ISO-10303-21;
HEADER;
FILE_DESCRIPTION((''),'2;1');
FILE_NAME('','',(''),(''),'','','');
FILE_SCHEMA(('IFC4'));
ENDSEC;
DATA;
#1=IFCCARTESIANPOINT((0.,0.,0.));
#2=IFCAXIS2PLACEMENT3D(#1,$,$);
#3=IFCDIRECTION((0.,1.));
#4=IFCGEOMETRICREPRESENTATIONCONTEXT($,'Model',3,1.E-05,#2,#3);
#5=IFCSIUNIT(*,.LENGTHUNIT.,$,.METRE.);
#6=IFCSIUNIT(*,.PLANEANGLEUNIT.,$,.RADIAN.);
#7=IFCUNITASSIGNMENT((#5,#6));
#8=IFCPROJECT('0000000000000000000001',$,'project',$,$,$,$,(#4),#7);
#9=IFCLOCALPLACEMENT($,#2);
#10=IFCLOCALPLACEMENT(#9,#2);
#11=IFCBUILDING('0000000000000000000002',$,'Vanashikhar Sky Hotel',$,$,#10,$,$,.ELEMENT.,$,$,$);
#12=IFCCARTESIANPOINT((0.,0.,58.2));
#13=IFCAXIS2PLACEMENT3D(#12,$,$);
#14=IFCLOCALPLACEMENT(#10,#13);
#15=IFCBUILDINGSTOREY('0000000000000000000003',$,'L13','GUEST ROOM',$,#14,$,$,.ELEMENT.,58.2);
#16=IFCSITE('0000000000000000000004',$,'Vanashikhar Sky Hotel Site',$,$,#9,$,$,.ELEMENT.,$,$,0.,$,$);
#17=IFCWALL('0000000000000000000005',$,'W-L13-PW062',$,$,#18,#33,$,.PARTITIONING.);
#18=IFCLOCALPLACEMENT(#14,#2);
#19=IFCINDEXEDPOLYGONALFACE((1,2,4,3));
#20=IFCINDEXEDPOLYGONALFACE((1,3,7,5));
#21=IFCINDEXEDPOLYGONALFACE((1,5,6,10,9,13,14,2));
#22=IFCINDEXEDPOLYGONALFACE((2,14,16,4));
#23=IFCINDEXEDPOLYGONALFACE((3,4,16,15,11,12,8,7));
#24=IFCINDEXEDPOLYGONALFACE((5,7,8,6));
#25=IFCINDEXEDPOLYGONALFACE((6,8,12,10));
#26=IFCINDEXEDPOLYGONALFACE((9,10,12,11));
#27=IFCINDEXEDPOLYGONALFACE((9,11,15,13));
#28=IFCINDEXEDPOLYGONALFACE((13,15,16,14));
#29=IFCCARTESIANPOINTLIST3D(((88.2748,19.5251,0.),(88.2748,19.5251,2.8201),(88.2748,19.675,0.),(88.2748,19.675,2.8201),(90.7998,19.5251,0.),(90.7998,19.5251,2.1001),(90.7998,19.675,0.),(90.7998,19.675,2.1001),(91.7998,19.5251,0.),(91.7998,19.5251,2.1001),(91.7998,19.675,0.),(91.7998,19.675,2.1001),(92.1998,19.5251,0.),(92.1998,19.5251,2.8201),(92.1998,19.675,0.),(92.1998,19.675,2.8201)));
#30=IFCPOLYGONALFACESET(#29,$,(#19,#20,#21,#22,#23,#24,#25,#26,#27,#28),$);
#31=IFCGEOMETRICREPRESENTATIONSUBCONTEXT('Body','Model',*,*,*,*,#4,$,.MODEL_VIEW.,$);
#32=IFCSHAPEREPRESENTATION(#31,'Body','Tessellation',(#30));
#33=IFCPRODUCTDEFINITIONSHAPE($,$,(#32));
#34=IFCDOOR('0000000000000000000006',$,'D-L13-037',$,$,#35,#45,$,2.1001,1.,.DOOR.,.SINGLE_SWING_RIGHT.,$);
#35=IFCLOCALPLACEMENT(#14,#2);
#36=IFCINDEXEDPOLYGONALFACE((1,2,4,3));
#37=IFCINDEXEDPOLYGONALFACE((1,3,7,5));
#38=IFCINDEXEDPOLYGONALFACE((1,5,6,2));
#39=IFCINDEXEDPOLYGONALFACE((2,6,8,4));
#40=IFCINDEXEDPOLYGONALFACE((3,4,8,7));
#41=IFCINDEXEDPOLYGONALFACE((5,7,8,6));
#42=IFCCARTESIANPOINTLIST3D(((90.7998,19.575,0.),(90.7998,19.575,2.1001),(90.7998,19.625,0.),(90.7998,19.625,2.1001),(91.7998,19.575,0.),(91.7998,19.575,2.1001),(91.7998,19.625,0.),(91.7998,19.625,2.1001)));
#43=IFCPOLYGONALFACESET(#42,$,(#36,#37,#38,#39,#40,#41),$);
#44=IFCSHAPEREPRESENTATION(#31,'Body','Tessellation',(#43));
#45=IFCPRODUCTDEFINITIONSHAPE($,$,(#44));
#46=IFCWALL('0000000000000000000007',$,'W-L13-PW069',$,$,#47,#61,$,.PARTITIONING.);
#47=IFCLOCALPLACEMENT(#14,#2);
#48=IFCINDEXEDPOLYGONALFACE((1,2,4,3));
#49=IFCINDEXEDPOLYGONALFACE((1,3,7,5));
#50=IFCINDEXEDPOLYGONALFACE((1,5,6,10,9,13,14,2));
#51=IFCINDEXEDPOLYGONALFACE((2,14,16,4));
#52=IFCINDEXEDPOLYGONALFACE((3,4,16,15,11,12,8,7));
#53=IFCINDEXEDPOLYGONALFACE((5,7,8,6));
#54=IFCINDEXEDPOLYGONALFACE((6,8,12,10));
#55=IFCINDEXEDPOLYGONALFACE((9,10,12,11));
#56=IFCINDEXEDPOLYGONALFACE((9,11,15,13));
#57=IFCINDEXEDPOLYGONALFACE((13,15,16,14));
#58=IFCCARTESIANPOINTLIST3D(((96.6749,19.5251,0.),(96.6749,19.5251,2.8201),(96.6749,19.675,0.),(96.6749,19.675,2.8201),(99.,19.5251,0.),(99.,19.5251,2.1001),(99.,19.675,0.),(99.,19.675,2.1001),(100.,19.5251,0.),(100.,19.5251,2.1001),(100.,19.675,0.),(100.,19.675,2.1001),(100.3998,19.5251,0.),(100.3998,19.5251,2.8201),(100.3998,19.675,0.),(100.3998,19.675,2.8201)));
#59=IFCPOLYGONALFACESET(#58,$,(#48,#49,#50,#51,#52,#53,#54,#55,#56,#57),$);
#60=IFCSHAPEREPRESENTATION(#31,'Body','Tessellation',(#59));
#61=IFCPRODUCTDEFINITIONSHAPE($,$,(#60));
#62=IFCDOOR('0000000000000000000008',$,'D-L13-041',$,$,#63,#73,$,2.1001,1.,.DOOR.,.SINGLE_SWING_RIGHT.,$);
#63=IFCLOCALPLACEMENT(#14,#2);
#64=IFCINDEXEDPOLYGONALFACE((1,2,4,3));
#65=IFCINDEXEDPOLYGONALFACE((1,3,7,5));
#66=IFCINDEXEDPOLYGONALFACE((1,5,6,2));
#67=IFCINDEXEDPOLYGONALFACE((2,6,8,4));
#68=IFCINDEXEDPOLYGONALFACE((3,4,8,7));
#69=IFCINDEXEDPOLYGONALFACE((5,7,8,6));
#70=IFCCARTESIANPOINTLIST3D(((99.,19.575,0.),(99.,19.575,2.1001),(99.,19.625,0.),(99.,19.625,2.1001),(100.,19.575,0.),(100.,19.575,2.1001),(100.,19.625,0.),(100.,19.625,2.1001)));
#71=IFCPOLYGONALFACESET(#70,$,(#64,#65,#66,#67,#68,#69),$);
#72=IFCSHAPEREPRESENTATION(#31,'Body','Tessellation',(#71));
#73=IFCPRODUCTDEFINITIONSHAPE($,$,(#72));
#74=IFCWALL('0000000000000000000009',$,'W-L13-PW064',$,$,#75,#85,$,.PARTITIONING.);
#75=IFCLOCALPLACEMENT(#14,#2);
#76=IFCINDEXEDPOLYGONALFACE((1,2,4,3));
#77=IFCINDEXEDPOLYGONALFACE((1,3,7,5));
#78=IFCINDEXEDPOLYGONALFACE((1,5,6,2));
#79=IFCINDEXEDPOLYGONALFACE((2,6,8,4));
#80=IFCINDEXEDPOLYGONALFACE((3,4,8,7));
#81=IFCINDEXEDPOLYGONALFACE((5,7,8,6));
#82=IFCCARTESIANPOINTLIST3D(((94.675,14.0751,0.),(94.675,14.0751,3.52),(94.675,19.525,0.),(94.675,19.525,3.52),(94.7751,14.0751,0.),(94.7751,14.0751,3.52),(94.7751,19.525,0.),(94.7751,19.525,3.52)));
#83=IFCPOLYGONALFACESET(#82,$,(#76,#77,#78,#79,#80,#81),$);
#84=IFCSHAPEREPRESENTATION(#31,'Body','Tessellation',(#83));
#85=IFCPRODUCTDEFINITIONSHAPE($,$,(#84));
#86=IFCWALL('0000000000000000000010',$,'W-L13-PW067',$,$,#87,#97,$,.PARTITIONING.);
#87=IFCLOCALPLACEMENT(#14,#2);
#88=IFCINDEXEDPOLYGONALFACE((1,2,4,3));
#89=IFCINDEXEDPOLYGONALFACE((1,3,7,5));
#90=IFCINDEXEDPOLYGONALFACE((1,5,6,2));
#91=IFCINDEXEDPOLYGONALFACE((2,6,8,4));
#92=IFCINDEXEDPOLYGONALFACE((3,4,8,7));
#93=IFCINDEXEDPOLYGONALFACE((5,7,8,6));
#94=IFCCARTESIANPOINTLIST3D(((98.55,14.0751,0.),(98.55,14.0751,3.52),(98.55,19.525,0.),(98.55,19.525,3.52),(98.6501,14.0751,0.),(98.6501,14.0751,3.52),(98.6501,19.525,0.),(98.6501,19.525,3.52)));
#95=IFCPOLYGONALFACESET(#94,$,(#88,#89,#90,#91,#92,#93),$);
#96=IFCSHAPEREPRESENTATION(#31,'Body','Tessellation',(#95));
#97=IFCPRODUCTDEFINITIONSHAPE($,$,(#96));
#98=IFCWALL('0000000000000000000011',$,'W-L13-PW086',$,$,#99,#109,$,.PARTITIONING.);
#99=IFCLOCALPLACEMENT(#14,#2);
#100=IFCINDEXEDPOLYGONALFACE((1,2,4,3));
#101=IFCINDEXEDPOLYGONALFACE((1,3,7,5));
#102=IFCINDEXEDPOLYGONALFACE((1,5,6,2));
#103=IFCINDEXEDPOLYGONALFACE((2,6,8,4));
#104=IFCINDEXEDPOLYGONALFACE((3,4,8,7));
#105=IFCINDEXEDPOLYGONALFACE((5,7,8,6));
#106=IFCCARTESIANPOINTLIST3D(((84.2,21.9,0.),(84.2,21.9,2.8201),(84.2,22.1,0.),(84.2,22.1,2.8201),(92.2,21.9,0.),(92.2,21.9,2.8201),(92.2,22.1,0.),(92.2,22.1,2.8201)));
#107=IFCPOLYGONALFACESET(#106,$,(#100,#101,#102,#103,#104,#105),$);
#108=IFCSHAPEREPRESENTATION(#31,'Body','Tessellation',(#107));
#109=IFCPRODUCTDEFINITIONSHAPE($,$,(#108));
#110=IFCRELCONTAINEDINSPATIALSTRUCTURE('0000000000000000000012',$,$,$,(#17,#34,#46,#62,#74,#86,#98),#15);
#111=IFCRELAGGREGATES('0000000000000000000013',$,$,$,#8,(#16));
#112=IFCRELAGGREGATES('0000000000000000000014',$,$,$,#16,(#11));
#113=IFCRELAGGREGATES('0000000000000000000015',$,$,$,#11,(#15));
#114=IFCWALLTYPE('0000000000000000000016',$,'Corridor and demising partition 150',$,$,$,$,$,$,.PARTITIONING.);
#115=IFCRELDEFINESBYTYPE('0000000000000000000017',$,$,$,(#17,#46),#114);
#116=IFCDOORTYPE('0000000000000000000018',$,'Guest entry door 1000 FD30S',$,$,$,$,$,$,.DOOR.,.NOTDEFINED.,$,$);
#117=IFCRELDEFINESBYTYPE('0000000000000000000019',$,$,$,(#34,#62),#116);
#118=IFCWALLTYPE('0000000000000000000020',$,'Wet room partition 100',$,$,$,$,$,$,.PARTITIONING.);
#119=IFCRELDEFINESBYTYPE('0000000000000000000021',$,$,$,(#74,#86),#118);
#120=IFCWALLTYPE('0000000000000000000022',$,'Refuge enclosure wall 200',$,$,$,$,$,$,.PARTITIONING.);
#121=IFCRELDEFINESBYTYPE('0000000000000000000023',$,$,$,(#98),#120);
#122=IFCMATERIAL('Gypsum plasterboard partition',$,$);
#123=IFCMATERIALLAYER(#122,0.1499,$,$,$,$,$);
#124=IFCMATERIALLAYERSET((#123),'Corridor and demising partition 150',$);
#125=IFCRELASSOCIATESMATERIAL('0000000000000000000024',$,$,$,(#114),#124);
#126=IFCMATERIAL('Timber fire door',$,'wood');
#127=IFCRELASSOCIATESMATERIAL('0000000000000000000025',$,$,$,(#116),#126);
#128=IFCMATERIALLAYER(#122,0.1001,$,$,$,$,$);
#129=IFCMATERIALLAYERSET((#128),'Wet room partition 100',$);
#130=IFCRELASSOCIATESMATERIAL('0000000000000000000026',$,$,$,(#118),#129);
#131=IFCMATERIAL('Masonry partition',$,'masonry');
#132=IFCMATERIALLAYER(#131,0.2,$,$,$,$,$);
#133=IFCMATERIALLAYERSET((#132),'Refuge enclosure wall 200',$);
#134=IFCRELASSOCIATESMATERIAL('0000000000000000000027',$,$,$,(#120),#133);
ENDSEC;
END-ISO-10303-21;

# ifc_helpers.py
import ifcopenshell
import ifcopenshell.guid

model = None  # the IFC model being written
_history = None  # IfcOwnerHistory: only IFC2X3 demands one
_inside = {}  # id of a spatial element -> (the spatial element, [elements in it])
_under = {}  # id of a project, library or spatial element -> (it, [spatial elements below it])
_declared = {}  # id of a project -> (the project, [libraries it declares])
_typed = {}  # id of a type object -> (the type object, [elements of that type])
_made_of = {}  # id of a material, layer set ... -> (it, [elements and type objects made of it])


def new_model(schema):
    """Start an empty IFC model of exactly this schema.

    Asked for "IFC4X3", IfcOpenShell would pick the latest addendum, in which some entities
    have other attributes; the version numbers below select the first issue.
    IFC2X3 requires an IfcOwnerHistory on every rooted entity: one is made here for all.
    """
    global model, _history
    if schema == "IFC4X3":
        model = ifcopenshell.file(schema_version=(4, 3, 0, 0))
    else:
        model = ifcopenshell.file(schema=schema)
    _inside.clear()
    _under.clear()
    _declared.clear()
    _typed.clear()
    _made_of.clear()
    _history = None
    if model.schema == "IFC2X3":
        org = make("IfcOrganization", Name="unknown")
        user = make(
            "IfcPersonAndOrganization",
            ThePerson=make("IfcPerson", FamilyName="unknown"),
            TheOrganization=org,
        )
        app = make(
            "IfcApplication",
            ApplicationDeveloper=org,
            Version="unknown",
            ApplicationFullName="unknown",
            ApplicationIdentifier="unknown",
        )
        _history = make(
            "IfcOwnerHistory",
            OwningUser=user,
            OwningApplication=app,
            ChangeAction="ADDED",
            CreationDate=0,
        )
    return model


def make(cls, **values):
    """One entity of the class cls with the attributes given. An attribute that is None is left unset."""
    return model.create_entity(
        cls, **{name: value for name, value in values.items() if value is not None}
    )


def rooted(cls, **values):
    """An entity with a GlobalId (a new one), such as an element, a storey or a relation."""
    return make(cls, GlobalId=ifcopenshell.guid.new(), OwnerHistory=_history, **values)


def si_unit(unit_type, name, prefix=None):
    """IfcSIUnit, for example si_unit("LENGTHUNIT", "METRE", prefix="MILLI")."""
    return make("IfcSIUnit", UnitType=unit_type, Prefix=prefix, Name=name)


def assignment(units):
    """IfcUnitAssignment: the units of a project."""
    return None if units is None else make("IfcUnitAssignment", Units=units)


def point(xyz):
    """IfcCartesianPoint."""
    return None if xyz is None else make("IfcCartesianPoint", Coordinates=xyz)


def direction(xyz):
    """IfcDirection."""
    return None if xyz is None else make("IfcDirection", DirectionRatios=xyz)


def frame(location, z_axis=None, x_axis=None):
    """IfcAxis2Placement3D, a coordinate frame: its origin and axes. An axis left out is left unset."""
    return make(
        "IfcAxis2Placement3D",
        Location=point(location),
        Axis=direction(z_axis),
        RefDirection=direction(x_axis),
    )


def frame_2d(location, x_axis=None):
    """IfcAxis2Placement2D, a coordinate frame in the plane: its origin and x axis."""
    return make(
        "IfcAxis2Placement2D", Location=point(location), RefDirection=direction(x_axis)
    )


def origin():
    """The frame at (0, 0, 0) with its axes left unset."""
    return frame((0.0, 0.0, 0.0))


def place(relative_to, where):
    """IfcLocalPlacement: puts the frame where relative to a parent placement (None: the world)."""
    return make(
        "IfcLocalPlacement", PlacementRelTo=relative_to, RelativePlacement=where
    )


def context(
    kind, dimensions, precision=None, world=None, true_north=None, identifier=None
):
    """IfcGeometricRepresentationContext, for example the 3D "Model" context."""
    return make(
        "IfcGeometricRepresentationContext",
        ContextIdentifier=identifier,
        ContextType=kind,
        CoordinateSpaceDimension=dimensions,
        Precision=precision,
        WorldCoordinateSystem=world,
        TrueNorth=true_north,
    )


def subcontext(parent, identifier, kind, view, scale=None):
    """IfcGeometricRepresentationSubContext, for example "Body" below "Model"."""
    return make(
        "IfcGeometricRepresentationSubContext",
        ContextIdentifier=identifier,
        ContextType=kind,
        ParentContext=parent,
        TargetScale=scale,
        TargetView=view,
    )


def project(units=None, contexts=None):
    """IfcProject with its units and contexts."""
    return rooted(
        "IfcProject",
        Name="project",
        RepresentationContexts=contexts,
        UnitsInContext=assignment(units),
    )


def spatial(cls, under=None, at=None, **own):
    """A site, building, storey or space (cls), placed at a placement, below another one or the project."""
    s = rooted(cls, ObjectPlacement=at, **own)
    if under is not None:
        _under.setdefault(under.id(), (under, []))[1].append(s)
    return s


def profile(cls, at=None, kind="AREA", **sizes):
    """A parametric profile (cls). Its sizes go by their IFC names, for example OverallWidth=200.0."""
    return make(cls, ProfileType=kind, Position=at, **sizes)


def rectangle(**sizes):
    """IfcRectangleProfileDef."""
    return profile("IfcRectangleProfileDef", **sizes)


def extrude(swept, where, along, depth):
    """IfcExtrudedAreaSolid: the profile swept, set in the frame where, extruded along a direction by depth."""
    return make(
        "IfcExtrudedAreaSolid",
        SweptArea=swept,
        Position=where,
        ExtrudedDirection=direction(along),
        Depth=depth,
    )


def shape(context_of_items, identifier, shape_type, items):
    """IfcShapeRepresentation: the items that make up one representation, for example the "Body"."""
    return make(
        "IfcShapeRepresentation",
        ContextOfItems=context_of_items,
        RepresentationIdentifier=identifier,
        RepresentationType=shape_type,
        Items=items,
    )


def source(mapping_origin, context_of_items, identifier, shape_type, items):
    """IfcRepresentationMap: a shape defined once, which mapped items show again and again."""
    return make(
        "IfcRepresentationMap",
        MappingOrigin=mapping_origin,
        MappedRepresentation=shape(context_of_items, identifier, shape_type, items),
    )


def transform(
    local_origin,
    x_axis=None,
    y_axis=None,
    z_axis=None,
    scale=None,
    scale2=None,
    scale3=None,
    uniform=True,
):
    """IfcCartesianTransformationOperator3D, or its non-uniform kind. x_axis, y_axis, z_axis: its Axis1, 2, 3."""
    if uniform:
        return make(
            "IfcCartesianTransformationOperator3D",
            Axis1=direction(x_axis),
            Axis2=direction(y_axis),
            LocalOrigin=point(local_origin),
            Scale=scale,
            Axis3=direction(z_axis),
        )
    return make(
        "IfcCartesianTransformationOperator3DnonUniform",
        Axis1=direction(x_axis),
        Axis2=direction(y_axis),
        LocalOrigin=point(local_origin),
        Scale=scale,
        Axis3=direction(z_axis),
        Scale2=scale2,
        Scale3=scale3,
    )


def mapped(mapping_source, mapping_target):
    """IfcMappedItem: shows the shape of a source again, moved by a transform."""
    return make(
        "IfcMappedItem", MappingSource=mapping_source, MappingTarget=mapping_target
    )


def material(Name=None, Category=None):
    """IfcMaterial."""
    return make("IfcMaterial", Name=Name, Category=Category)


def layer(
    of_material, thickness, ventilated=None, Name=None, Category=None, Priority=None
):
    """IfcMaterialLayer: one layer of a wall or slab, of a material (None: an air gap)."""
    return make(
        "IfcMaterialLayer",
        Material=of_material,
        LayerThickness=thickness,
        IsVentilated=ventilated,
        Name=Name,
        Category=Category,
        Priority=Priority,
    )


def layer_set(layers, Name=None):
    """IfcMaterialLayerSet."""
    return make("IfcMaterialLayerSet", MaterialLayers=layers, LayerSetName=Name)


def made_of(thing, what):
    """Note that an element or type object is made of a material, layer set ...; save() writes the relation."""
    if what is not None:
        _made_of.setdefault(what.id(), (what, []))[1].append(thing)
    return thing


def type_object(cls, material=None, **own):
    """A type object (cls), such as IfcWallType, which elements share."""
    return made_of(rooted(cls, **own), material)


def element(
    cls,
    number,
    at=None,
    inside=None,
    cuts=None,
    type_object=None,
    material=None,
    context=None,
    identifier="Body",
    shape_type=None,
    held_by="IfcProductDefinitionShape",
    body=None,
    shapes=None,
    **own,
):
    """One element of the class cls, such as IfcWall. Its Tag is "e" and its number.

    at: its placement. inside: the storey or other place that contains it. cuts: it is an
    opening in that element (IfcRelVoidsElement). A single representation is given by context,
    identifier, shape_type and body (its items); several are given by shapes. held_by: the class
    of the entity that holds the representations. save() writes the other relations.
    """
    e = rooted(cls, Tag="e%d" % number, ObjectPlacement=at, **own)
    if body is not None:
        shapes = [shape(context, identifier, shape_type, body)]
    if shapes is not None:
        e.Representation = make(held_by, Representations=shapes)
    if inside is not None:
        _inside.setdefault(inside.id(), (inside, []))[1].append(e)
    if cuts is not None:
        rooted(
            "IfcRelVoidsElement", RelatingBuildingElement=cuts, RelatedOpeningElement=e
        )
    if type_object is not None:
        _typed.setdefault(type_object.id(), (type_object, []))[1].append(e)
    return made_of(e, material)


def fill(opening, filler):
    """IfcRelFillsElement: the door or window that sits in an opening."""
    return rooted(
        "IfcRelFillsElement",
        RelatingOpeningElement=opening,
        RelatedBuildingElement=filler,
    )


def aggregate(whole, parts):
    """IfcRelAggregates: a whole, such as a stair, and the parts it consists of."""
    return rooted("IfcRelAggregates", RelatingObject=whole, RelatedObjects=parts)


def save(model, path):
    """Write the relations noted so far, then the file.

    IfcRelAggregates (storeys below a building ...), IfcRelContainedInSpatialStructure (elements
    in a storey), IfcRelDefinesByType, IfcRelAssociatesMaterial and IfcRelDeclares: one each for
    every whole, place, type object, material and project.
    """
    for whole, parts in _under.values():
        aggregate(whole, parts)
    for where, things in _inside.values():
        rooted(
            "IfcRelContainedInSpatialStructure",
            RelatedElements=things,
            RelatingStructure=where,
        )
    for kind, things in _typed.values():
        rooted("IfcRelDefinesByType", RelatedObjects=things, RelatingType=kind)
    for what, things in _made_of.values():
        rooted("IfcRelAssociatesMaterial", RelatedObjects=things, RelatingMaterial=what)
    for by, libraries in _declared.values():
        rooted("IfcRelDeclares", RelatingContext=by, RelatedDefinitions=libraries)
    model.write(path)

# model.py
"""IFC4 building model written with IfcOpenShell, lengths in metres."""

from ifc_helpers import new_model, si_unit, direction, frame, frame_2d, origin, place, context, subcontext, project, spatial, rectangle, extrude, source, transform, mapped, material, layer, layer_set, type_object, element, fill, save


model = new_model("IFC4")

# Units and contexts
model_context = context("Model", 3, precision=1e-05, world=origin(), true_north=direction((0.0, 1.0)))
body_context = subcontext(model_context, "Body", "Model", "MODEL_VIEW")
ifc_project = project(units=[si_unit("LENGTHUNIT", "METRE"), si_unit("PLANEANGLEUNIT", "RADIAN")], contexts=[model_context])

# Site, building, storey
site_placement = place(None, origin())
site = spatial("IfcSite", under=ifc_project, at=site_placement, Name="Vanashikhar Sky Hotel Site", CompositionType="ELEMENT", RefElevation=0.0)
building_placement = place(site_placement, origin())
building = spatial("IfcBuilding", under=site, at=building_placement, Name="Vanashikhar Sky Hotel", CompositionType="ELEMENT")
storey_placement = place(building_placement, frame((0.0, 0.0, 58.2)))
storey = spatial("IfcBuildingStorey", under=building, at=storey_placement, Name="L13", Description="GUEST ROOM", CompositionType="ELEMENT", Elevation=58.2)

# Walls, openings, doors
ifc_material_1 = material(Name="Gypsum plasterboard partition")
ifc_layer_1 = layer(ifc_material_1, 0.1499)
ifc_layer_set_1 = layer_set([ifc_layer_1], Name="Corridor and demising partition 150")
wall_type_1 = type_object("IfcWallType", Name="Corridor and demising partition 150", PredefinedType="PARTITIONING", material=ifc_layer_set_1)
shared_shape_1 = source(origin(), body_context, "Body", "SweptSolid", [
    extrude(rectangle(XDim=1.0, YDim=2.1001, at=frame_2d((0.5, 1.05))), frame((0.0, 0.085, 0.0), z_axis=(0.0, -1.0, 0.0), x_axis=(1.0, 0.0, 0.0)), (0.0, 0.0, 1.0), 0.1699),
])
ifc_material_2 = material(Name="Timber fire door", Category="wood")
door_type = type_object("IfcDoorType", Name="Guest entry door 1000 FD30S", OperationType="NOTDEFINED", PredefinedType="DOOR", material=ifc_material_2)
shared_shape_2 = source(origin(), body_context, "Body", "SweptSolid", [
    extrude(rectangle(XDim=1.0, YDim=2.1001, at=frame_2d((0.5, 1.05))), frame((0.0, 0.0249, 0.0), z_axis=(0.0, -1.0, 0.0), x_axis=(1.0, 0.0, 0.0)), (0.0, 0.0, 1.0), 0.05),
])
shared_shape_3 = source(origin(), body_context, "Body", "SweptSolid", [
    extrude(rectangle(XDim=3.925, YDim=0.1499, at=frame_2d((1.9624, 0.0))), origin(), (0.0, 0.0, 1.0), 2.8201),
])
wall_1_placement = place(storey_placement, frame((88.2749, 19.6001, 0.0), z_axis=(0.0, 0.0, 1.0), x_axis=(1.0, 0.0, 0.0)))
wall_1 = element("IfcWall", 1, at=wall_1_placement, inside=storey, type_object=wall_type_1, Name="W-L13-PW062", PredefinedType="PARTITIONING", context=body_context, shape_type="MappedRepresentation", body=[
    mapped(shared_shape_3, transform((0.0, 0.0, 0.0), scale=1.0)),
])
opening_1_placement = place(wall_1_placement, frame((2.5249, 0.0, 0.0)))
opening_1 = element("IfcOpeningElement", 2, at=opening_1_placement, cuts=wall_1, PredefinedType="OPENING", context=body_context, shape_type="MappedRepresentation", body=[
    mapped(shared_shape_1, transform((0.0, 0.0, 0.0), scale=1.0)),
])
door_1_placement = place(opening_1_placement, origin())
door_1 = element("IfcDoor", 3, at=door_1_placement, inside=storey, type_object=door_type, Name="D-L13-037", OperationType="SINGLE_SWING_RIGHT", OverallHeight=2.1001, OverallWidth=1.0, PredefinedType="DOOR", context=body_context, shape_type="MappedRepresentation", body=[
    mapped(shared_shape_2, transform((0.0, 0.0, 0.0), scale=1.0)),
])
fill(opening_1, door_1)
shared_shape_4 = source(origin(), body_context, "Body", "SweptSolid", [
    extrude(rectangle(XDim=3.7249, YDim=0.1499, at=frame_2d((1.8623, 0.0))), origin(), (0.0, 0.0, 1.0), 2.8201),
])
wall_2_placement = place(storey_placement, frame((96.675, 19.6001, 0.0), z_axis=(0.0, 0.0, 1.0), x_axis=(1.0, 0.0, 0.0)))
wall_2 = element("IfcWall", 4, at=wall_2_placement, inside=storey, type_object=wall_type_1, Name="W-L13-PW069", PredefinedType="PARTITIONING", context=body_context, shape_type="MappedRepresentation", body=[
    mapped(shared_shape_4, transform((0.0, 0.0, 0.0), scale=1.0)),
])
opening_2_placement = place(wall_2_placement, frame((2.325, 0.0, 0.0)))
opening_2 = element("IfcOpeningElement", 5, at=opening_2_placement, cuts=wall_2, PredefinedType="OPENING", context=body_context, shape_type="MappedRepresentation", body=[
    mapped(shared_shape_1, transform((0.0, 0.0, 0.0), scale=1.0)),
])
door_2_placement = place(opening_2_placement, origin())
door_2 = element("IfcDoor", 6, at=door_2_placement, inside=storey, type_object=door_type, Name="D-L13-041", OperationType="SINGLE_SWING_RIGHT", OverallHeight=2.1001, OverallWidth=1.0, PredefinedType="DOOR", context=body_context, shape_type="MappedRepresentation", body=[
    mapped(shared_shape_2, transform((0.0, 0.0, 0.0), scale=1.0)),
])
fill(opening_2, door_2)

# Walls
ifc_layer_2 = layer(ifc_material_1, 0.1001)
ifc_layer_set_2 = layer_set([ifc_layer_2], Name="Wet room partition 100")
wall_type_2 = type_object("IfcWallType", Name="Wet room partition 100", PredefinedType="PARTITIONING", material=ifc_layer_set_2)
shared_shape_5 = source(origin(), body_context, "Body", "SweptSolid", [
    extrude(rectangle(XDim=5.45, YDim=0.1001, at=frame_2d((2.7251, 0.0))), origin(), (0.0, 0.0, 1.0), 3.52),
])
for number, where, z_axis, x_axis, name in (
    (7, (94.7251, 14.075, 0.0), (0.0, 0.0, 1.0), (0.0, 1.0, 0.0), "W-L13-PW064"),
    (8, (98.6001, 14.075, 0.0), (0.0, 0.0, 1.0), (0.0, 1.0, 0.0), "W-L13-PW067"),
):
    element("IfcWall", number, at=place(storey_placement, frame(where, z_axis=z_axis, x_axis=x_axis)), inside=storey, type_object=wall_type_2, Name=name, PredefinedType="PARTITIONING", context=body_context, shape_type="MappedRepresentation", body=[
        mapped(shared_shape_5, transform((0.0, 0.0, 0.0), scale=1.0)),
    ])
ifc_material_3 = material(Name="Masonry partition", Category="masonry")
ifc_layer_3 = layer(ifc_material_3, 0.2)
ifc_layer_set_3 = layer_set([ifc_layer_3], Name="Refuge enclosure wall 200")
wall_type_3 = type_object("IfcWallType", Name="Refuge enclosure wall 200", PredefinedType="PARTITIONING", material=ifc_layer_set_3)
shared_shape_6 = source(origin(), body_context, "Body", "SweptSolid", [
    extrude(rectangle(XDim=8.0, YDim=0.2, at=frame_2d((4.0, 0.0))), origin(), (0.0, 0.0, 1.0), 2.8201),
])
wall_3_placement = place(storey_placement, frame((84.2, 22.0, 0.0), z_axis=(0.0, 0.0, 1.0), x_axis=(1.0, 0.0, 0.0)))
element("IfcWall", 9, at=wall_3_placement, inside=storey, type_object=wall_type_3, Name="W-L13-PW086", PredefinedType="PARTITIONING", context=body_context, shape_type="MappedRepresentation", body=[
    mapped(shared_shape_6, transform((0.0, 0.0, 0.0), scale=1.0)),
])

save(model, "model.ifc")
